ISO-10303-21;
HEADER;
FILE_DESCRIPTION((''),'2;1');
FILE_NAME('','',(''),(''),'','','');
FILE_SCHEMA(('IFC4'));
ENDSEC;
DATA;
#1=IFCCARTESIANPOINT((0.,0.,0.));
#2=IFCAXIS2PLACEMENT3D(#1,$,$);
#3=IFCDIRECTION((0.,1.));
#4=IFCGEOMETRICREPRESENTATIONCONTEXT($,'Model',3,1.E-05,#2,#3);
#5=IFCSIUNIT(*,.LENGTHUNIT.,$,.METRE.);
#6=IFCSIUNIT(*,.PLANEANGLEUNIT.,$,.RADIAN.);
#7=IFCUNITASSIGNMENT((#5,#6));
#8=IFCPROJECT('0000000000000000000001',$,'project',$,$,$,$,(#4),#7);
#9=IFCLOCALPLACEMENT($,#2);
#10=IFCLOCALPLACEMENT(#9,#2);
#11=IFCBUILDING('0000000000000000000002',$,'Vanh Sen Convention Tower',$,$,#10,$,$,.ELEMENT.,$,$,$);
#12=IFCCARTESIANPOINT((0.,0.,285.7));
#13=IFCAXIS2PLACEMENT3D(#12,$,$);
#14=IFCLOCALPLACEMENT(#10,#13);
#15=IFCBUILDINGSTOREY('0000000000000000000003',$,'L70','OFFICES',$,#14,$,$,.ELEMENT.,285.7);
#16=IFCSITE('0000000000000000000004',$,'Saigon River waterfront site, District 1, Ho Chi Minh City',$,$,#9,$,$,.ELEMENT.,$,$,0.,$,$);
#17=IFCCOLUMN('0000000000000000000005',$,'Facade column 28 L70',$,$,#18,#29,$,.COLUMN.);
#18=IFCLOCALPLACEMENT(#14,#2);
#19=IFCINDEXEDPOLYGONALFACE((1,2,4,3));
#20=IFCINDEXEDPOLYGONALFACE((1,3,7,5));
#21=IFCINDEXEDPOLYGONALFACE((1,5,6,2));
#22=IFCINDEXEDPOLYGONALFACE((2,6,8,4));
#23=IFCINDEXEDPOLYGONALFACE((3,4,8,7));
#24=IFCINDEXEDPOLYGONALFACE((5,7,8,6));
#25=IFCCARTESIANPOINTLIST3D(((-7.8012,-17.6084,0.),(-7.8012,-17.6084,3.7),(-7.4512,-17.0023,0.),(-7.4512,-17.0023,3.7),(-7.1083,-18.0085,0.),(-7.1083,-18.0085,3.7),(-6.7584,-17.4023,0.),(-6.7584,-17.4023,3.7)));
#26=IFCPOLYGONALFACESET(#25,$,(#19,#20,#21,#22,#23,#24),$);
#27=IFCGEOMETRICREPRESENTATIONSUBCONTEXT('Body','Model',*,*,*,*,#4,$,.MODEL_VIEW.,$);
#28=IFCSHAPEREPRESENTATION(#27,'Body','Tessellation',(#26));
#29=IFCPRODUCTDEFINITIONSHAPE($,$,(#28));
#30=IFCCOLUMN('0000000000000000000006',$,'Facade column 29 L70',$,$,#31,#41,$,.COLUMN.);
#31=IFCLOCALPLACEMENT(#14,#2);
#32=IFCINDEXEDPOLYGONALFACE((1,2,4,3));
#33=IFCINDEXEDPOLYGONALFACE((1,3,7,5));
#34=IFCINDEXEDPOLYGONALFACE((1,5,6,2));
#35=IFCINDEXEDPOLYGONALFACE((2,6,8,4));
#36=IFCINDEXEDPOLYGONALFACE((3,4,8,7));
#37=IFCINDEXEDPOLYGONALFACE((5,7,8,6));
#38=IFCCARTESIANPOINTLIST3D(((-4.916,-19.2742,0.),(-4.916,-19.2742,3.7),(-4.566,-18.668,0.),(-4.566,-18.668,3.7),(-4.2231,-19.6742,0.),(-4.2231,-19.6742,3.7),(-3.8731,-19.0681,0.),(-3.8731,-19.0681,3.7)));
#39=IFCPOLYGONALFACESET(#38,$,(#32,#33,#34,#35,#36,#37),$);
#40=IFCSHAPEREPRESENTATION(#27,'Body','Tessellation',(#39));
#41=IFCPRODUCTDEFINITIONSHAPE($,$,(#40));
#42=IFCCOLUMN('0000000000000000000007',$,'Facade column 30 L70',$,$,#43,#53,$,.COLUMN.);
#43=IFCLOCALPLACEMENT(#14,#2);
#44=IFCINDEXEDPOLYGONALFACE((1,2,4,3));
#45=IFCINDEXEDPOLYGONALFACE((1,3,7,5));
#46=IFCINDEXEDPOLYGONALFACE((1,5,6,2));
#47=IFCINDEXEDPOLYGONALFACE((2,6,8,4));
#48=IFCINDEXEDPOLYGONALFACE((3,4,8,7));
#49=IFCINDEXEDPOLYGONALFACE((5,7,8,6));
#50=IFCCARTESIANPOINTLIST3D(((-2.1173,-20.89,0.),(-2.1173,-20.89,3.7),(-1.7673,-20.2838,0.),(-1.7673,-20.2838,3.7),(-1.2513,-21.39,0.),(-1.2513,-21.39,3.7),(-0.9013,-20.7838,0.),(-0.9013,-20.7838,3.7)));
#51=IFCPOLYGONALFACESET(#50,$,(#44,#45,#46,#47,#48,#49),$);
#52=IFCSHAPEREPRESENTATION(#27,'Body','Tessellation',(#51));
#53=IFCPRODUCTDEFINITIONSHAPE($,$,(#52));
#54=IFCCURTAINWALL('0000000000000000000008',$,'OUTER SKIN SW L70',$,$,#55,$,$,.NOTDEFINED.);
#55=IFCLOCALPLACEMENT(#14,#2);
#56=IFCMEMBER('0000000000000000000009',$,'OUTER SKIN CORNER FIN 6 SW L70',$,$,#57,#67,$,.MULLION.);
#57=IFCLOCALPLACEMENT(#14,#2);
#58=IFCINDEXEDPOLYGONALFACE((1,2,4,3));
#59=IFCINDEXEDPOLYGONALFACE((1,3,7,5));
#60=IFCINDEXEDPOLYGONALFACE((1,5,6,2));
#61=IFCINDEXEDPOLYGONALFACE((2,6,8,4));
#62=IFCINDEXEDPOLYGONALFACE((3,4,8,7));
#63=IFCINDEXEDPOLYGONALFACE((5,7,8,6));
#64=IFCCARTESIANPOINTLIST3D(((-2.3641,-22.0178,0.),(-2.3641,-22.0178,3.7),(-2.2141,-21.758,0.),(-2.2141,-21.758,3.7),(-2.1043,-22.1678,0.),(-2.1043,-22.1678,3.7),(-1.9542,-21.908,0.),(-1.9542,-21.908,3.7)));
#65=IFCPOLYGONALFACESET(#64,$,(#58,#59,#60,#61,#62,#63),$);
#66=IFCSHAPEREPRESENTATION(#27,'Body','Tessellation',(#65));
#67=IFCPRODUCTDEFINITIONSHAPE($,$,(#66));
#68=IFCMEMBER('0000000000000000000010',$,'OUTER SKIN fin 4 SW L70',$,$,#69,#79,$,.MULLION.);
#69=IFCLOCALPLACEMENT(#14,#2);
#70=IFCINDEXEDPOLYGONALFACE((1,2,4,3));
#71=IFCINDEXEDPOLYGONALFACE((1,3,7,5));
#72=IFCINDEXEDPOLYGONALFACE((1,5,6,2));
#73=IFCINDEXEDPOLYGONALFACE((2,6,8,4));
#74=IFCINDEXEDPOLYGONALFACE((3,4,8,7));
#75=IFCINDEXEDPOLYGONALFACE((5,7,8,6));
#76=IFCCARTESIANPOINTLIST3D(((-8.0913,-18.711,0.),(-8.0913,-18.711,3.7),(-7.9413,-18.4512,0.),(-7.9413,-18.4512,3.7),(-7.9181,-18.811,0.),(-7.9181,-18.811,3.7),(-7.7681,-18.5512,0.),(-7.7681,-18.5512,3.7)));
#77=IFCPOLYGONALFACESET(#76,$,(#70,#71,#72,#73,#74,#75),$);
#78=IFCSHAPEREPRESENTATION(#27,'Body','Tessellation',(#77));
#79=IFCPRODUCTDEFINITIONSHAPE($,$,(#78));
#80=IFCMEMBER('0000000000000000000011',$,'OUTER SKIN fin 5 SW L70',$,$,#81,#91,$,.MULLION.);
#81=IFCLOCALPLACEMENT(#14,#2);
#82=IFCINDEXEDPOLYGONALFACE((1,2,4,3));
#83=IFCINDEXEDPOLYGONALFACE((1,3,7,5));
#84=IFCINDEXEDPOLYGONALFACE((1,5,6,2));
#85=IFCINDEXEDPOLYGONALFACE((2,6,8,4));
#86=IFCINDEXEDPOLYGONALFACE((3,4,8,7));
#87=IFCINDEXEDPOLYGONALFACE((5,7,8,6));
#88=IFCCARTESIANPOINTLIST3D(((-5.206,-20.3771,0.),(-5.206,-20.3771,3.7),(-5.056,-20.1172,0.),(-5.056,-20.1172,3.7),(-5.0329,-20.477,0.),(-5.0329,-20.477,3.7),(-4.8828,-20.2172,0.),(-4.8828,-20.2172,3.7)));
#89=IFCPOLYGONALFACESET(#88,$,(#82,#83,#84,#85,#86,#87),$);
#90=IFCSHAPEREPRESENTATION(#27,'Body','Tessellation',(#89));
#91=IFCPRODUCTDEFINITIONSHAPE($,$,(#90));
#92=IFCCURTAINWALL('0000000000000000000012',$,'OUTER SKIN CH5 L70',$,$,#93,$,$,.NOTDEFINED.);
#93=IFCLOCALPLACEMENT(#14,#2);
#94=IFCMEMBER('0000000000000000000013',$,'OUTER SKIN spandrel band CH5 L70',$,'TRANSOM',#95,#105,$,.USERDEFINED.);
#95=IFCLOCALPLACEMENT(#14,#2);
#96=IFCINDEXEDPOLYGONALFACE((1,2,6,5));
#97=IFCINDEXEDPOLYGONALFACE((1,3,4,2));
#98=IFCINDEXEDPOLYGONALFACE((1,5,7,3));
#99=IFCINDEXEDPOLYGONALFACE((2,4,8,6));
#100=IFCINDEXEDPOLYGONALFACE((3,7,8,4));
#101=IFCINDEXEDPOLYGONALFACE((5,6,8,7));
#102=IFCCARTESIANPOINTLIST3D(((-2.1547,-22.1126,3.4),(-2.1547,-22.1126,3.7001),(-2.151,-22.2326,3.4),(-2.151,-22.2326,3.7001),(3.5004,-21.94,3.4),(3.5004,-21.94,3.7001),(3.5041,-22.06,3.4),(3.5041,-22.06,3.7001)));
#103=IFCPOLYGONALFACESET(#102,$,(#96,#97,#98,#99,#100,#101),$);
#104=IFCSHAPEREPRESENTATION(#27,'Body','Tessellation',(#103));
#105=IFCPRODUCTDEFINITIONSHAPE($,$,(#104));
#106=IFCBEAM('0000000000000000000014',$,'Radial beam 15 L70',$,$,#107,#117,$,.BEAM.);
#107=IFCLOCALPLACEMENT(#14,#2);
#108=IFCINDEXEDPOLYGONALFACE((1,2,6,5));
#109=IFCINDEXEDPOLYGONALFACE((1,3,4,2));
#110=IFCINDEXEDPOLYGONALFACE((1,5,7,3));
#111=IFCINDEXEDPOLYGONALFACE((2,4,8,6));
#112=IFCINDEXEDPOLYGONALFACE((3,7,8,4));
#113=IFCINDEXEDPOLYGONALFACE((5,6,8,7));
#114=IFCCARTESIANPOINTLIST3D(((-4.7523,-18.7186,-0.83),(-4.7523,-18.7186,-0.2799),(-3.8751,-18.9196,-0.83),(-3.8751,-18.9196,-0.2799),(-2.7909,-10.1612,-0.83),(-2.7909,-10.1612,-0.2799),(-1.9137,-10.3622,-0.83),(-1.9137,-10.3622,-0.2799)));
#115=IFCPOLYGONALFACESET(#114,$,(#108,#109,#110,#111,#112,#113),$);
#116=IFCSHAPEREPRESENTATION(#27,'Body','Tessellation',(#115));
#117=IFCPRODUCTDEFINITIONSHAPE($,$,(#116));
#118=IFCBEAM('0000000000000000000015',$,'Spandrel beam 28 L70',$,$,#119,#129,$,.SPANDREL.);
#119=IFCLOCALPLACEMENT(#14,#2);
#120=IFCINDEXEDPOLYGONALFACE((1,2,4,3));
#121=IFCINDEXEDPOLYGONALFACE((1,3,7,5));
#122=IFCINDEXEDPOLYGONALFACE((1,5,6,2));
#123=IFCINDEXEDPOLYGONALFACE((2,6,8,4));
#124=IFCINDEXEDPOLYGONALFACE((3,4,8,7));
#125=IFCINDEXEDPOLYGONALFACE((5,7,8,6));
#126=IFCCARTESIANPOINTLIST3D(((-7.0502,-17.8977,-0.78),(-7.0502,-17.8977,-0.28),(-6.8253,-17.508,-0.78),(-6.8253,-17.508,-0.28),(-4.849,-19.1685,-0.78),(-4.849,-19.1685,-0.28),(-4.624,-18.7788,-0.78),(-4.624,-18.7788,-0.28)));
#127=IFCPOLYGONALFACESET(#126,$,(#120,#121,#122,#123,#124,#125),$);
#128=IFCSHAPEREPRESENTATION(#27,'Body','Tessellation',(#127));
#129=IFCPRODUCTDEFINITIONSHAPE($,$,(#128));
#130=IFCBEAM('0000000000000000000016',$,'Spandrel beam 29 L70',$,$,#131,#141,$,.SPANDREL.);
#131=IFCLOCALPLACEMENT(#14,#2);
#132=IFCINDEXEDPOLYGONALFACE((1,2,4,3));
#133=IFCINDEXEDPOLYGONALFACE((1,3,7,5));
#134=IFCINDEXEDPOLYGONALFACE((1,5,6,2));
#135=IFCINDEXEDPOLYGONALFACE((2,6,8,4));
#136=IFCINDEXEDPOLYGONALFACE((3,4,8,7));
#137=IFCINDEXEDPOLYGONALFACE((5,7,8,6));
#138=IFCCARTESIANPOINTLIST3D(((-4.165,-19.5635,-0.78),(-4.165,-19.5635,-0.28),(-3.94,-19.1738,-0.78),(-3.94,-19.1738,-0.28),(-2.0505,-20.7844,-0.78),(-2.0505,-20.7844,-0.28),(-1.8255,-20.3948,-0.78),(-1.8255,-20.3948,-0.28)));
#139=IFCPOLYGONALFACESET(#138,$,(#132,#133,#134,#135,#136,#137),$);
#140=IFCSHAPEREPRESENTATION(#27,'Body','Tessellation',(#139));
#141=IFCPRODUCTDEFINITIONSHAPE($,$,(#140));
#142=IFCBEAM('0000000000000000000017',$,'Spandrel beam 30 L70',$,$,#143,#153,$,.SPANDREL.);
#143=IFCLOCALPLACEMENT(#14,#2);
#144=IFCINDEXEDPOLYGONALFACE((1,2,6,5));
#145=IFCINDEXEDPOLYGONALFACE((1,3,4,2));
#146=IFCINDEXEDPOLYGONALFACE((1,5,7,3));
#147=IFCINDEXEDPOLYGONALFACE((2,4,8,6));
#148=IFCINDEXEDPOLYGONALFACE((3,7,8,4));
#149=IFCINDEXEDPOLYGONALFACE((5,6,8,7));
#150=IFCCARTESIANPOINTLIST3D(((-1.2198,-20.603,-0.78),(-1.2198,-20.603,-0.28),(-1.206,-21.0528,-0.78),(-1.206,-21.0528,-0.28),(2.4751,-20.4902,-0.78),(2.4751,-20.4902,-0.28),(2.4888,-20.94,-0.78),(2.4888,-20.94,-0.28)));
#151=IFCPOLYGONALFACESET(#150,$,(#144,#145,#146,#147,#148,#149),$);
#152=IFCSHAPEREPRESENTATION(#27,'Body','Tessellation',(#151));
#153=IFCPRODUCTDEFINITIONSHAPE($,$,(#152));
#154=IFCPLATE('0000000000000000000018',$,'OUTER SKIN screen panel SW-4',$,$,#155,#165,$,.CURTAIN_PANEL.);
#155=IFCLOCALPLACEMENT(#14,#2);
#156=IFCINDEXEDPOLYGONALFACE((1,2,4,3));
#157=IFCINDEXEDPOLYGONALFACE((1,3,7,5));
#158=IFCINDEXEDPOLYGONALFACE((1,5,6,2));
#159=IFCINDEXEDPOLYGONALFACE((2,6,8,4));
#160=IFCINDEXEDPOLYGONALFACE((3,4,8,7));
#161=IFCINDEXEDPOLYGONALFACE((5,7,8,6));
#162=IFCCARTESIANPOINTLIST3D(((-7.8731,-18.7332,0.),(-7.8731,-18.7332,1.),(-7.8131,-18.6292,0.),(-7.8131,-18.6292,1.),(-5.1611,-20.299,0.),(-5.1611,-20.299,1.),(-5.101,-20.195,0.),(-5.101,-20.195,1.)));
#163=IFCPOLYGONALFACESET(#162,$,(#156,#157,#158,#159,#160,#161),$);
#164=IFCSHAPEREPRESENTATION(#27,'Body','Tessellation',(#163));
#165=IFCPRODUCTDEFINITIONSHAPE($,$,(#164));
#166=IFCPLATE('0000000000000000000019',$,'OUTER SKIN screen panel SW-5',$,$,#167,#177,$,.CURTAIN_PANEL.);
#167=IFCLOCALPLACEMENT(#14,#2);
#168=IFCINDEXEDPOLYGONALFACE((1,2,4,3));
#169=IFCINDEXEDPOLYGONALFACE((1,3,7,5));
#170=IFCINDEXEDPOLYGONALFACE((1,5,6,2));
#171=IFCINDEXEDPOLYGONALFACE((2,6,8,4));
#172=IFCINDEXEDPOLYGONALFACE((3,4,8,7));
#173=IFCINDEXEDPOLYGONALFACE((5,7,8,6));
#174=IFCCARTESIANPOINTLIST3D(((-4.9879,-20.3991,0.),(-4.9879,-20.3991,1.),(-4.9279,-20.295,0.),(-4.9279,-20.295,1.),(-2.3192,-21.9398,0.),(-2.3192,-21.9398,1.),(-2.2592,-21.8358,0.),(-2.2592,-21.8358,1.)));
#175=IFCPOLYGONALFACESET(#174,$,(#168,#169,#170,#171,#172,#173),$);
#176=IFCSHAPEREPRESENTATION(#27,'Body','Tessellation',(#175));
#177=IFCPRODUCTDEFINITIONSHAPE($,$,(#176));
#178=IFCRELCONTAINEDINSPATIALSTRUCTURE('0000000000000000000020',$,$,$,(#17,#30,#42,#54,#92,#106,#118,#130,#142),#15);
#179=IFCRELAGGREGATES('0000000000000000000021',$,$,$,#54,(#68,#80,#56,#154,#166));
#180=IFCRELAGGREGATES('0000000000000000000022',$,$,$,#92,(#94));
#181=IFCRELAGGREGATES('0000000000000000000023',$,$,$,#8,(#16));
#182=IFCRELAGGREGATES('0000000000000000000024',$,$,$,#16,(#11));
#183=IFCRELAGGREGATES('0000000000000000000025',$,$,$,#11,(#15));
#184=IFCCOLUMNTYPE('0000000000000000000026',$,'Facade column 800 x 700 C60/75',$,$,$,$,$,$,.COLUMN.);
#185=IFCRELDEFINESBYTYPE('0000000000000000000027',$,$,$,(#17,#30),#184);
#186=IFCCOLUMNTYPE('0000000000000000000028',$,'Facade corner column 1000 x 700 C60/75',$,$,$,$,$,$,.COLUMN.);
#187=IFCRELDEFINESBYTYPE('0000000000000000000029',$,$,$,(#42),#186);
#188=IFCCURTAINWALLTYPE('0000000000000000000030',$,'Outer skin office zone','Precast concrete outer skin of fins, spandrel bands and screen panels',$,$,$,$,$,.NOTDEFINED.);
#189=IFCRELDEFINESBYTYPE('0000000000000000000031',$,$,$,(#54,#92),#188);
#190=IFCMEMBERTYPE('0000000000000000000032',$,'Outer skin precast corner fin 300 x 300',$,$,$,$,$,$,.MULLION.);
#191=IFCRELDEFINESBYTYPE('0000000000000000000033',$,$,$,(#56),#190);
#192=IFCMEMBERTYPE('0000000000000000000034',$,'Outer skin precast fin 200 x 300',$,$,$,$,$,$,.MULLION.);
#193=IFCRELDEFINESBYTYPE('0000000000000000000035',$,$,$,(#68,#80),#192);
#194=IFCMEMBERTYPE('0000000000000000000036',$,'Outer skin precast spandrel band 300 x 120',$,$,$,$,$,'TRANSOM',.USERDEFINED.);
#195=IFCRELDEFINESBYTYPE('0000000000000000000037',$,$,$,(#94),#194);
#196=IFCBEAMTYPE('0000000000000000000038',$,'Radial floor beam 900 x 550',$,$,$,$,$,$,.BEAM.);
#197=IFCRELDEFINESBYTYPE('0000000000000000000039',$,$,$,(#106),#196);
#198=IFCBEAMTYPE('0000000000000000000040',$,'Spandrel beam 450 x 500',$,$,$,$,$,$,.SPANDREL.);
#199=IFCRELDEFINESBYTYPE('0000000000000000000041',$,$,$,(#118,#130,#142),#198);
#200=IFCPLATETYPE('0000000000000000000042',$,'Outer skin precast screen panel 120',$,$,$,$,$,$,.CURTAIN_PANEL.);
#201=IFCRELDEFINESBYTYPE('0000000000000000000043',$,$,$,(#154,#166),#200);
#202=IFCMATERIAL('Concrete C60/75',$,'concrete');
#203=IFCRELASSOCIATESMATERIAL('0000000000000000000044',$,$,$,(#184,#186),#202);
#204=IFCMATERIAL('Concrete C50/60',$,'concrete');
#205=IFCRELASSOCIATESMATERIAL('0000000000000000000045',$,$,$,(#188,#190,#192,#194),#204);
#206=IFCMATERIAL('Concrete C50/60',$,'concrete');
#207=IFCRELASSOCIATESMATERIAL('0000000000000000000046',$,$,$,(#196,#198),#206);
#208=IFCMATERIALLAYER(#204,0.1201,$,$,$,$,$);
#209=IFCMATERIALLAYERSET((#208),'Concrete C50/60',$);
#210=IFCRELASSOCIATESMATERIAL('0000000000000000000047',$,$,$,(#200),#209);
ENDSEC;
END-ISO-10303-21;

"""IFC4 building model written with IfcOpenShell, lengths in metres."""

from ifc_helpers import new_model, si_unit, direction, frame, origin, origin_2d, place, context, subcontext, project, spatial, rectangle, extrude, material, layer, layer_set, material_profile, profile_set, type_object, element, aggregate, save


model = new_model("IFC4")

# Units and contexts
model_context = context("Model", 3, precision=1e-05, world=origin(), true_north=direction((0.0, 1.0)))
body_context = subcontext(model_context, "Body", "Model", "MODEL_VIEW")
ifc_project = project(units=[si_unit("LENGTHUNIT", "METRE"), si_unit("PLANEANGLEUNIT", "RADIAN")], contexts=[model_context])

# Site, building, storey
site_placement = place(None, origin())
site = spatial("IfcSite", under=ifc_project, at=site_placement, Name="Saigon River waterfront site, District 1, Ho Chi Minh City", CompositionType="ELEMENT", RefElevation=0.0)
building_placement = place(site_placement, origin())
building = spatial("IfcBuilding", under=site, at=building_placement, Name="Vanh Sen Convention Tower", CompositionType="ELEMENT")
storey_placement = place(building_placement, frame((0.0, 0.0, 285.7)))
storey = spatial("IfcBuildingStorey", under=building, at=storey_placement, Name="L70", Description="OFFICES", CompositionType="ELEMENT", Elevation=285.7)

# Columns
ifc_material_1 = material(Name="Concrete C60/75", Category="concrete")
ifc_material_profile_1 = material_profile(ifc_material_1, rectangle(XDim=0.8, YDim=0.7, at=origin_2d()), Name="RC 800X700")
ifc_profile_set_1 = profile_set([ifc_material_profile_1], Name="Concrete C60/75")
column_type_1 = type_object("IfcColumnType", Name="Facade column 800 x 700 C60/75", PredefinedType="COLUMN", material=ifc_profile_set_1)
for number, where, z_axis, x_axis, name in (
    (1, (-7.2798, -17.5054, 0.0), (0.0, 0.0, 1.0), (0.866025, -0.5, 0.0), "Facade column 28 L70"),
    (2, (-4.3945, -19.1711, 0.0), (0.0, 0.0, 1.0), (0.866025, -0.5, 0.0), "Facade column 29 L70"),
):
    element("IfcColumn", number, at=place(storey_placement, frame(where, z_axis=z_axis, x_axis=x_axis)), inside=storey, type_object=column_type_1, Name=name, PredefinedType="COLUMN", context=body_context, shape_type="SweptSolid", body=[
        extrude(rectangle(XDim=0.8, YDim=0.7, at=origin_2d()), origin(), (0.0, 0.0, 1.0), 3.7),
    ])
ifc_material_profile_2 = material_profile(ifc_material_1, rectangle(XDim=1.0, YDim=0.7, at=origin_2d()), Name="RC 1000X700")
ifc_profile_set_2 = profile_set([ifc_material_profile_2], Name="Concrete C60/75")
column_type_2 = type_object("IfcColumnType", Name="Facade corner column 1000 x 700 C60/75", PredefinedType="COLUMN", material=ifc_profile_set_2)
column_placement = place(storey_placement, frame((-1.5093, -20.8369, 0.0), z_axis=(0.0, 0.0, 1.0), x_axis=(0.866025, -0.5, 0.0)))
element("IfcColumn", 3, at=column_placement, inside=storey, type_object=column_type_2, Name="Facade column 30 L70", PredefinedType="COLUMN", context=body_context, shape_type="SweptSolid", body=[
    extrude(rectangle(XDim=1.0, YDim=0.7, at=origin_2d()), origin(), (0.0, 0.0, 1.0), 3.7),
])

# Curtain wall, members
ifc_material_2 = material(Name="Concrete C50/60", Category="concrete")
curtain_wall_type = type_object("IfcCurtainWallType", Name="Outer skin office zone", Description="Precast concrete outer skin of fins, spandrel bands and screen panels", PredefinedType="NOTDEFINED", material=ifc_material_2)
curtain_wall_1_placement = place(storey_placement, origin())
curtain_wall_1 = element("IfcCurtainWall", 4, at=curtain_wall_1_placement, inside=storey, type_object=curtain_wall_type, Name="OUTER SKIN SW L70", PredefinedType="NOTDEFINED")
ifc_material_profile_3 = material_profile(ifc_material_2, rectangle(XDim=0.3, YDim=0.3, at=origin_2d()), Name="Outer skin precast corner fin 300 x 300")
ifc_profile_set_3 = profile_set([ifc_material_profile_3], Name="Concrete C50/60")
member_type_1 = type_object("IfcMemberType", Name="Outer skin precast corner fin 300 x 300", PredefinedType="MULLION", material=ifc_profile_set_3)
member_1_placement = place(storey_placement, frame((-2.1592, -21.9629, 0.0), z_axis=(0.0, 0.0, 1.0), x_axis=(0.866025, -0.5, 0.0)))
member_1 = element("IfcMember", 5, at=member_1_placement, type_object=member_type_1, Name="OUTER SKIN CORNER FIN 6 SW L70", PredefinedType="MULLION", context=body_context, shape_type="SweptSolid", body=[
    extrude(rectangle(XDim=0.3, YDim=0.3, at=origin_2d()), origin(), (0.0, 0.0, 1.0), 3.7),
])
ifc_material_profile_4 = material_profile(ifc_material_2, rectangle(XDim=0.2, YDim=0.3, at=origin_2d()), Name="Outer skin precast fin 200 x 300")
ifc_profile_set_4 = profile_set([ifc_material_profile_4], Name="Concrete C50/60")
member_type_2 = type_object("IfcMemberType", Name="Outer skin precast fin 200 x 300", PredefinedType="MULLION", material=ifc_profile_set_4)
member_2_placement = place(storey_placement, frame((-7.9297, -18.6311, 0.0), z_axis=(0.0, 0.0, 1.0), x_axis=(0.866025, -0.5, 0.0)))
member_2 = element("IfcMember", 6, at=member_2_placement, type_object=member_type_2, Name="OUTER SKIN fin 4 SW L70", PredefinedType="MULLION", context=body_context, shape_type="SweptSolid", body=[
    extrude(rectangle(XDim=0.2, YDim=0.3, at=origin_2d()), origin(), (0.0, 0.0, 1.0), 3.7),
])
member_3_placement = place(storey_placement, frame((-5.0444, -20.2971, 0.0), z_axis=(0.0, 0.0, 1.0), x_axis=(0.866025, -0.5, 0.0)))
member_3 = element("IfcMember", 7, at=member_3_placement, type_object=member_type_2, Name="OUTER SKIN fin 5 SW L70", PredefinedType="MULLION", context=body_context, shape_type="SweptSolid", body=[
    extrude(rectangle(XDim=0.2, YDim=0.3, at=origin_2d()), origin(), (0.0, 0.0, 1.0), 3.7),
])

# Curtain wall, member
curtain_wall_2_placement = place(storey_placement, origin())
curtain_wall_2 = element("IfcCurtainWall", 8, at=curtain_wall_2_placement, inside=storey, type_object=curtain_wall_type, Name="OUTER SKIN CH5 L70", PredefinedType="NOTDEFINED")
ifc_material_profile_5 = material_profile(ifc_material_2, rectangle(XDim=0.1201, YDim=0.3, at=origin_2d()), Name="Outer skin precast spandrel band 300 x 120")
ifc_profile_set_5 = profile_set([ifc_material_profile_5], Name="Concrete C50/60")
member_type_3 = type_object("IfcMemberType", Name="Outer skin precast spandrel band 300 x 120", ElementType="TRANSOM", PredefinedType="USERDEFINED", material=ifc_profile_set_5)
member_4_placement = place(storey_placement, frame((-2.1528, -22.1726, 3.55), z_axis=(0.999535, 0.030509, 0.0), x_axis=(-0.030509, 0.999535, 0.0)))
member_4 = element("IfcMember", 9, at=member_4_placement, type_object=member_type_3, Name="OUTER SKIN spandrel band CH5 L70", ObjectType="TRANSOM", PredefinedType="USERDEFINED", context=body_context, shape_type="SweptSolid", body=[
    extrude(rectangle(XDim=0.1201, YDim=0.3, at=origin_2d()), origin(), (0.0, 0.0, 1.0), 5.6577),
])

# Beams
ifc_material_3 = material(Name="Concrete C50/60", Category="concrete")
ifc_material_profile_6 = material_profile(ifc_material_3, rectangle(XDim=0.8999, YDim=0.55, at=origin_2d()), Name="RC 900X550")
ifc_profile_set_6 = profile_set([ifc_material_profile_6], Name="Concrete C50/60")
beam_type_1 = type_object("IfcBeamType", Name="Radial floor beam 900 x 550", PredefinedType="BEAM", material=ifc_profile_set_6)
beam_1_placement = place(storey_placement, frame((-4.3137, -18.8191, -0.5549), z_axis=(0.223415, 0.974723, 0.0), x_axis=(-0.974723, 0.223415, 0.0)))
element("IfcBeam", 10, at=beam_1_placement, inside=storey, type_object=beam_type_1, Name="Radial beam 15 L70", PredefinedType="BEAM", context=body_context, shape_type="SweptSolid", body=[
    extrude(rectangle(XDim=0.8999, YDim=0.55, at=origin_2d()), origin(), (0.0, 0.0, 1.0), 8.7793),
])
ifc_material_profile_7 = material_profile(ifc_material_3, rectangle(XDim=0.45, YDim=0.5, at=origin_2d()), Name="RC 450X500")
ifc_profile_set_7 = profile_set([ifc_material_profile_7], Name="Concrete C50/60")
beam_type_2 = type_object("IfcBeamType", Name="Spandrel beam 450 x 500", PredefinedType="SPANDREL", material=ifc_profile_set_7)
beam_2_placement = place(storey_placement, frame((-6.9377, -17.7029, -0.53), z_axis=(0.866042, -0.499972, 0.0), x_axis=(0.499972, 0.866042, 0.0)))
element("IfcBeam", 11, at=beam_2_placement, inside=storey, type_object=beam_type_2, Name="Spandrel beam 28 L70", PredefinedType="SPANDREL", context=body_context, shape_type="SweptSolid", body=[
    extrude(rectangle(XDim=0.45, YDim=0.5, at=origin_2d()), origin(), (0.0, 0.0, 1.0), 2.5417),
])
beam_3_placement = place(storey_placement, frame((-4.0525, -19.3687, -0.53), z_axis=(0.866001, -0.500043, 0.0), x_axis=(0.500043, 0.866001, 0.0)))
element("IfcBeam", 12, at=beam_3_placement, inside=storey, type_object=beam_type_2, Name="Spandrel beam 29 L70", PredefinedType="SPANDREL", context=body_context, shape_type="SweptSolid", body=[
    extrude(rectangle(XDim=0.45, YDim=0.5, at=origin_2d()), origin(), (0.0, 0.0, 1.0), 2.4417),
])
beam_4_placement = place(storey_placement, frame((-1.2129, -20.8279, -0.53), z_axis=(0.999534, 0.030513, 0.0), x_axis=(-0.030513, 0.999534, 0.0)))
element("IfcBeam", 13, at=beam_4_placement, inside=storey, type_object=beam_type_2, Name="Spandrel beam 30 L70", PredefinedType="SPANDREL", context=body_context, shape_type="SweptSolid", body=[
    extrude(rectangle(XDim=0.45, YDim=0.5, at=origin_2d()), origin(), (0.0, 0.0, 1.0), 3.6965),
])

# Plates
ifc_layer_1 = layer(ifc_material_2, 0.1201)
ifc_layer_set_1 = layer_set([ifc_layer_1], Name="Concrete C50/60")
plate_type = type_object("IfcPlateType", Name="Outer skin precast screen panel 120", PredefinedType="CURTAIN_PANEL", material=ifc_layer_set_1)
plate_1_placement = place(storey_placement, frame((-6.4871, -19.4641, 0.0), z_axis=(0.0, 0.0, 1.0), x_axis=(0.866029, -0.499994, 0.0)))
plate_1 = element("IfcPlate", 14, at=plate_1_placement, type_object=plate_type, Name="OUTER SKIN screen panel SW-4", PredefinedType="CURTAIN_PANEL", context=body_context, shape_type="SweptSolid", body=[
    extrude(rectangle(XDim=3.1316, YDim=0.1201, at=origin_2d()), origin(), (0.0, 0.0, 1.0), 1.0),
])
plate_2_placement = place(storey_placement, frame((-3.6235, -21.1174, 0.0), z_axis=(0.0, 0.0, 1.0), x_axis=(0.866029, -0.499994, 0.0)))
plate_2 = element("IfcPlate", 15, at=plate_2_placement, type_object=plate_type, Name="OUTER SKIN screen panel SW-5", PredefinedType="CURTAIN_PANEL", context=body_context, shape_type="SweptSolid", body=[
    extrude(rectangle(XDim=3.0815, YDim=0.1201, at=origin_2d()), origin(), (0.0, 0.0, 1.0), 1.0),
])
aggregate(curtain_wall_1, [member_2, member_3, member_1, plate_1, plate_2])
aggregate(curtain_wall_2, [member_4])

save(model, "model.ifc")
